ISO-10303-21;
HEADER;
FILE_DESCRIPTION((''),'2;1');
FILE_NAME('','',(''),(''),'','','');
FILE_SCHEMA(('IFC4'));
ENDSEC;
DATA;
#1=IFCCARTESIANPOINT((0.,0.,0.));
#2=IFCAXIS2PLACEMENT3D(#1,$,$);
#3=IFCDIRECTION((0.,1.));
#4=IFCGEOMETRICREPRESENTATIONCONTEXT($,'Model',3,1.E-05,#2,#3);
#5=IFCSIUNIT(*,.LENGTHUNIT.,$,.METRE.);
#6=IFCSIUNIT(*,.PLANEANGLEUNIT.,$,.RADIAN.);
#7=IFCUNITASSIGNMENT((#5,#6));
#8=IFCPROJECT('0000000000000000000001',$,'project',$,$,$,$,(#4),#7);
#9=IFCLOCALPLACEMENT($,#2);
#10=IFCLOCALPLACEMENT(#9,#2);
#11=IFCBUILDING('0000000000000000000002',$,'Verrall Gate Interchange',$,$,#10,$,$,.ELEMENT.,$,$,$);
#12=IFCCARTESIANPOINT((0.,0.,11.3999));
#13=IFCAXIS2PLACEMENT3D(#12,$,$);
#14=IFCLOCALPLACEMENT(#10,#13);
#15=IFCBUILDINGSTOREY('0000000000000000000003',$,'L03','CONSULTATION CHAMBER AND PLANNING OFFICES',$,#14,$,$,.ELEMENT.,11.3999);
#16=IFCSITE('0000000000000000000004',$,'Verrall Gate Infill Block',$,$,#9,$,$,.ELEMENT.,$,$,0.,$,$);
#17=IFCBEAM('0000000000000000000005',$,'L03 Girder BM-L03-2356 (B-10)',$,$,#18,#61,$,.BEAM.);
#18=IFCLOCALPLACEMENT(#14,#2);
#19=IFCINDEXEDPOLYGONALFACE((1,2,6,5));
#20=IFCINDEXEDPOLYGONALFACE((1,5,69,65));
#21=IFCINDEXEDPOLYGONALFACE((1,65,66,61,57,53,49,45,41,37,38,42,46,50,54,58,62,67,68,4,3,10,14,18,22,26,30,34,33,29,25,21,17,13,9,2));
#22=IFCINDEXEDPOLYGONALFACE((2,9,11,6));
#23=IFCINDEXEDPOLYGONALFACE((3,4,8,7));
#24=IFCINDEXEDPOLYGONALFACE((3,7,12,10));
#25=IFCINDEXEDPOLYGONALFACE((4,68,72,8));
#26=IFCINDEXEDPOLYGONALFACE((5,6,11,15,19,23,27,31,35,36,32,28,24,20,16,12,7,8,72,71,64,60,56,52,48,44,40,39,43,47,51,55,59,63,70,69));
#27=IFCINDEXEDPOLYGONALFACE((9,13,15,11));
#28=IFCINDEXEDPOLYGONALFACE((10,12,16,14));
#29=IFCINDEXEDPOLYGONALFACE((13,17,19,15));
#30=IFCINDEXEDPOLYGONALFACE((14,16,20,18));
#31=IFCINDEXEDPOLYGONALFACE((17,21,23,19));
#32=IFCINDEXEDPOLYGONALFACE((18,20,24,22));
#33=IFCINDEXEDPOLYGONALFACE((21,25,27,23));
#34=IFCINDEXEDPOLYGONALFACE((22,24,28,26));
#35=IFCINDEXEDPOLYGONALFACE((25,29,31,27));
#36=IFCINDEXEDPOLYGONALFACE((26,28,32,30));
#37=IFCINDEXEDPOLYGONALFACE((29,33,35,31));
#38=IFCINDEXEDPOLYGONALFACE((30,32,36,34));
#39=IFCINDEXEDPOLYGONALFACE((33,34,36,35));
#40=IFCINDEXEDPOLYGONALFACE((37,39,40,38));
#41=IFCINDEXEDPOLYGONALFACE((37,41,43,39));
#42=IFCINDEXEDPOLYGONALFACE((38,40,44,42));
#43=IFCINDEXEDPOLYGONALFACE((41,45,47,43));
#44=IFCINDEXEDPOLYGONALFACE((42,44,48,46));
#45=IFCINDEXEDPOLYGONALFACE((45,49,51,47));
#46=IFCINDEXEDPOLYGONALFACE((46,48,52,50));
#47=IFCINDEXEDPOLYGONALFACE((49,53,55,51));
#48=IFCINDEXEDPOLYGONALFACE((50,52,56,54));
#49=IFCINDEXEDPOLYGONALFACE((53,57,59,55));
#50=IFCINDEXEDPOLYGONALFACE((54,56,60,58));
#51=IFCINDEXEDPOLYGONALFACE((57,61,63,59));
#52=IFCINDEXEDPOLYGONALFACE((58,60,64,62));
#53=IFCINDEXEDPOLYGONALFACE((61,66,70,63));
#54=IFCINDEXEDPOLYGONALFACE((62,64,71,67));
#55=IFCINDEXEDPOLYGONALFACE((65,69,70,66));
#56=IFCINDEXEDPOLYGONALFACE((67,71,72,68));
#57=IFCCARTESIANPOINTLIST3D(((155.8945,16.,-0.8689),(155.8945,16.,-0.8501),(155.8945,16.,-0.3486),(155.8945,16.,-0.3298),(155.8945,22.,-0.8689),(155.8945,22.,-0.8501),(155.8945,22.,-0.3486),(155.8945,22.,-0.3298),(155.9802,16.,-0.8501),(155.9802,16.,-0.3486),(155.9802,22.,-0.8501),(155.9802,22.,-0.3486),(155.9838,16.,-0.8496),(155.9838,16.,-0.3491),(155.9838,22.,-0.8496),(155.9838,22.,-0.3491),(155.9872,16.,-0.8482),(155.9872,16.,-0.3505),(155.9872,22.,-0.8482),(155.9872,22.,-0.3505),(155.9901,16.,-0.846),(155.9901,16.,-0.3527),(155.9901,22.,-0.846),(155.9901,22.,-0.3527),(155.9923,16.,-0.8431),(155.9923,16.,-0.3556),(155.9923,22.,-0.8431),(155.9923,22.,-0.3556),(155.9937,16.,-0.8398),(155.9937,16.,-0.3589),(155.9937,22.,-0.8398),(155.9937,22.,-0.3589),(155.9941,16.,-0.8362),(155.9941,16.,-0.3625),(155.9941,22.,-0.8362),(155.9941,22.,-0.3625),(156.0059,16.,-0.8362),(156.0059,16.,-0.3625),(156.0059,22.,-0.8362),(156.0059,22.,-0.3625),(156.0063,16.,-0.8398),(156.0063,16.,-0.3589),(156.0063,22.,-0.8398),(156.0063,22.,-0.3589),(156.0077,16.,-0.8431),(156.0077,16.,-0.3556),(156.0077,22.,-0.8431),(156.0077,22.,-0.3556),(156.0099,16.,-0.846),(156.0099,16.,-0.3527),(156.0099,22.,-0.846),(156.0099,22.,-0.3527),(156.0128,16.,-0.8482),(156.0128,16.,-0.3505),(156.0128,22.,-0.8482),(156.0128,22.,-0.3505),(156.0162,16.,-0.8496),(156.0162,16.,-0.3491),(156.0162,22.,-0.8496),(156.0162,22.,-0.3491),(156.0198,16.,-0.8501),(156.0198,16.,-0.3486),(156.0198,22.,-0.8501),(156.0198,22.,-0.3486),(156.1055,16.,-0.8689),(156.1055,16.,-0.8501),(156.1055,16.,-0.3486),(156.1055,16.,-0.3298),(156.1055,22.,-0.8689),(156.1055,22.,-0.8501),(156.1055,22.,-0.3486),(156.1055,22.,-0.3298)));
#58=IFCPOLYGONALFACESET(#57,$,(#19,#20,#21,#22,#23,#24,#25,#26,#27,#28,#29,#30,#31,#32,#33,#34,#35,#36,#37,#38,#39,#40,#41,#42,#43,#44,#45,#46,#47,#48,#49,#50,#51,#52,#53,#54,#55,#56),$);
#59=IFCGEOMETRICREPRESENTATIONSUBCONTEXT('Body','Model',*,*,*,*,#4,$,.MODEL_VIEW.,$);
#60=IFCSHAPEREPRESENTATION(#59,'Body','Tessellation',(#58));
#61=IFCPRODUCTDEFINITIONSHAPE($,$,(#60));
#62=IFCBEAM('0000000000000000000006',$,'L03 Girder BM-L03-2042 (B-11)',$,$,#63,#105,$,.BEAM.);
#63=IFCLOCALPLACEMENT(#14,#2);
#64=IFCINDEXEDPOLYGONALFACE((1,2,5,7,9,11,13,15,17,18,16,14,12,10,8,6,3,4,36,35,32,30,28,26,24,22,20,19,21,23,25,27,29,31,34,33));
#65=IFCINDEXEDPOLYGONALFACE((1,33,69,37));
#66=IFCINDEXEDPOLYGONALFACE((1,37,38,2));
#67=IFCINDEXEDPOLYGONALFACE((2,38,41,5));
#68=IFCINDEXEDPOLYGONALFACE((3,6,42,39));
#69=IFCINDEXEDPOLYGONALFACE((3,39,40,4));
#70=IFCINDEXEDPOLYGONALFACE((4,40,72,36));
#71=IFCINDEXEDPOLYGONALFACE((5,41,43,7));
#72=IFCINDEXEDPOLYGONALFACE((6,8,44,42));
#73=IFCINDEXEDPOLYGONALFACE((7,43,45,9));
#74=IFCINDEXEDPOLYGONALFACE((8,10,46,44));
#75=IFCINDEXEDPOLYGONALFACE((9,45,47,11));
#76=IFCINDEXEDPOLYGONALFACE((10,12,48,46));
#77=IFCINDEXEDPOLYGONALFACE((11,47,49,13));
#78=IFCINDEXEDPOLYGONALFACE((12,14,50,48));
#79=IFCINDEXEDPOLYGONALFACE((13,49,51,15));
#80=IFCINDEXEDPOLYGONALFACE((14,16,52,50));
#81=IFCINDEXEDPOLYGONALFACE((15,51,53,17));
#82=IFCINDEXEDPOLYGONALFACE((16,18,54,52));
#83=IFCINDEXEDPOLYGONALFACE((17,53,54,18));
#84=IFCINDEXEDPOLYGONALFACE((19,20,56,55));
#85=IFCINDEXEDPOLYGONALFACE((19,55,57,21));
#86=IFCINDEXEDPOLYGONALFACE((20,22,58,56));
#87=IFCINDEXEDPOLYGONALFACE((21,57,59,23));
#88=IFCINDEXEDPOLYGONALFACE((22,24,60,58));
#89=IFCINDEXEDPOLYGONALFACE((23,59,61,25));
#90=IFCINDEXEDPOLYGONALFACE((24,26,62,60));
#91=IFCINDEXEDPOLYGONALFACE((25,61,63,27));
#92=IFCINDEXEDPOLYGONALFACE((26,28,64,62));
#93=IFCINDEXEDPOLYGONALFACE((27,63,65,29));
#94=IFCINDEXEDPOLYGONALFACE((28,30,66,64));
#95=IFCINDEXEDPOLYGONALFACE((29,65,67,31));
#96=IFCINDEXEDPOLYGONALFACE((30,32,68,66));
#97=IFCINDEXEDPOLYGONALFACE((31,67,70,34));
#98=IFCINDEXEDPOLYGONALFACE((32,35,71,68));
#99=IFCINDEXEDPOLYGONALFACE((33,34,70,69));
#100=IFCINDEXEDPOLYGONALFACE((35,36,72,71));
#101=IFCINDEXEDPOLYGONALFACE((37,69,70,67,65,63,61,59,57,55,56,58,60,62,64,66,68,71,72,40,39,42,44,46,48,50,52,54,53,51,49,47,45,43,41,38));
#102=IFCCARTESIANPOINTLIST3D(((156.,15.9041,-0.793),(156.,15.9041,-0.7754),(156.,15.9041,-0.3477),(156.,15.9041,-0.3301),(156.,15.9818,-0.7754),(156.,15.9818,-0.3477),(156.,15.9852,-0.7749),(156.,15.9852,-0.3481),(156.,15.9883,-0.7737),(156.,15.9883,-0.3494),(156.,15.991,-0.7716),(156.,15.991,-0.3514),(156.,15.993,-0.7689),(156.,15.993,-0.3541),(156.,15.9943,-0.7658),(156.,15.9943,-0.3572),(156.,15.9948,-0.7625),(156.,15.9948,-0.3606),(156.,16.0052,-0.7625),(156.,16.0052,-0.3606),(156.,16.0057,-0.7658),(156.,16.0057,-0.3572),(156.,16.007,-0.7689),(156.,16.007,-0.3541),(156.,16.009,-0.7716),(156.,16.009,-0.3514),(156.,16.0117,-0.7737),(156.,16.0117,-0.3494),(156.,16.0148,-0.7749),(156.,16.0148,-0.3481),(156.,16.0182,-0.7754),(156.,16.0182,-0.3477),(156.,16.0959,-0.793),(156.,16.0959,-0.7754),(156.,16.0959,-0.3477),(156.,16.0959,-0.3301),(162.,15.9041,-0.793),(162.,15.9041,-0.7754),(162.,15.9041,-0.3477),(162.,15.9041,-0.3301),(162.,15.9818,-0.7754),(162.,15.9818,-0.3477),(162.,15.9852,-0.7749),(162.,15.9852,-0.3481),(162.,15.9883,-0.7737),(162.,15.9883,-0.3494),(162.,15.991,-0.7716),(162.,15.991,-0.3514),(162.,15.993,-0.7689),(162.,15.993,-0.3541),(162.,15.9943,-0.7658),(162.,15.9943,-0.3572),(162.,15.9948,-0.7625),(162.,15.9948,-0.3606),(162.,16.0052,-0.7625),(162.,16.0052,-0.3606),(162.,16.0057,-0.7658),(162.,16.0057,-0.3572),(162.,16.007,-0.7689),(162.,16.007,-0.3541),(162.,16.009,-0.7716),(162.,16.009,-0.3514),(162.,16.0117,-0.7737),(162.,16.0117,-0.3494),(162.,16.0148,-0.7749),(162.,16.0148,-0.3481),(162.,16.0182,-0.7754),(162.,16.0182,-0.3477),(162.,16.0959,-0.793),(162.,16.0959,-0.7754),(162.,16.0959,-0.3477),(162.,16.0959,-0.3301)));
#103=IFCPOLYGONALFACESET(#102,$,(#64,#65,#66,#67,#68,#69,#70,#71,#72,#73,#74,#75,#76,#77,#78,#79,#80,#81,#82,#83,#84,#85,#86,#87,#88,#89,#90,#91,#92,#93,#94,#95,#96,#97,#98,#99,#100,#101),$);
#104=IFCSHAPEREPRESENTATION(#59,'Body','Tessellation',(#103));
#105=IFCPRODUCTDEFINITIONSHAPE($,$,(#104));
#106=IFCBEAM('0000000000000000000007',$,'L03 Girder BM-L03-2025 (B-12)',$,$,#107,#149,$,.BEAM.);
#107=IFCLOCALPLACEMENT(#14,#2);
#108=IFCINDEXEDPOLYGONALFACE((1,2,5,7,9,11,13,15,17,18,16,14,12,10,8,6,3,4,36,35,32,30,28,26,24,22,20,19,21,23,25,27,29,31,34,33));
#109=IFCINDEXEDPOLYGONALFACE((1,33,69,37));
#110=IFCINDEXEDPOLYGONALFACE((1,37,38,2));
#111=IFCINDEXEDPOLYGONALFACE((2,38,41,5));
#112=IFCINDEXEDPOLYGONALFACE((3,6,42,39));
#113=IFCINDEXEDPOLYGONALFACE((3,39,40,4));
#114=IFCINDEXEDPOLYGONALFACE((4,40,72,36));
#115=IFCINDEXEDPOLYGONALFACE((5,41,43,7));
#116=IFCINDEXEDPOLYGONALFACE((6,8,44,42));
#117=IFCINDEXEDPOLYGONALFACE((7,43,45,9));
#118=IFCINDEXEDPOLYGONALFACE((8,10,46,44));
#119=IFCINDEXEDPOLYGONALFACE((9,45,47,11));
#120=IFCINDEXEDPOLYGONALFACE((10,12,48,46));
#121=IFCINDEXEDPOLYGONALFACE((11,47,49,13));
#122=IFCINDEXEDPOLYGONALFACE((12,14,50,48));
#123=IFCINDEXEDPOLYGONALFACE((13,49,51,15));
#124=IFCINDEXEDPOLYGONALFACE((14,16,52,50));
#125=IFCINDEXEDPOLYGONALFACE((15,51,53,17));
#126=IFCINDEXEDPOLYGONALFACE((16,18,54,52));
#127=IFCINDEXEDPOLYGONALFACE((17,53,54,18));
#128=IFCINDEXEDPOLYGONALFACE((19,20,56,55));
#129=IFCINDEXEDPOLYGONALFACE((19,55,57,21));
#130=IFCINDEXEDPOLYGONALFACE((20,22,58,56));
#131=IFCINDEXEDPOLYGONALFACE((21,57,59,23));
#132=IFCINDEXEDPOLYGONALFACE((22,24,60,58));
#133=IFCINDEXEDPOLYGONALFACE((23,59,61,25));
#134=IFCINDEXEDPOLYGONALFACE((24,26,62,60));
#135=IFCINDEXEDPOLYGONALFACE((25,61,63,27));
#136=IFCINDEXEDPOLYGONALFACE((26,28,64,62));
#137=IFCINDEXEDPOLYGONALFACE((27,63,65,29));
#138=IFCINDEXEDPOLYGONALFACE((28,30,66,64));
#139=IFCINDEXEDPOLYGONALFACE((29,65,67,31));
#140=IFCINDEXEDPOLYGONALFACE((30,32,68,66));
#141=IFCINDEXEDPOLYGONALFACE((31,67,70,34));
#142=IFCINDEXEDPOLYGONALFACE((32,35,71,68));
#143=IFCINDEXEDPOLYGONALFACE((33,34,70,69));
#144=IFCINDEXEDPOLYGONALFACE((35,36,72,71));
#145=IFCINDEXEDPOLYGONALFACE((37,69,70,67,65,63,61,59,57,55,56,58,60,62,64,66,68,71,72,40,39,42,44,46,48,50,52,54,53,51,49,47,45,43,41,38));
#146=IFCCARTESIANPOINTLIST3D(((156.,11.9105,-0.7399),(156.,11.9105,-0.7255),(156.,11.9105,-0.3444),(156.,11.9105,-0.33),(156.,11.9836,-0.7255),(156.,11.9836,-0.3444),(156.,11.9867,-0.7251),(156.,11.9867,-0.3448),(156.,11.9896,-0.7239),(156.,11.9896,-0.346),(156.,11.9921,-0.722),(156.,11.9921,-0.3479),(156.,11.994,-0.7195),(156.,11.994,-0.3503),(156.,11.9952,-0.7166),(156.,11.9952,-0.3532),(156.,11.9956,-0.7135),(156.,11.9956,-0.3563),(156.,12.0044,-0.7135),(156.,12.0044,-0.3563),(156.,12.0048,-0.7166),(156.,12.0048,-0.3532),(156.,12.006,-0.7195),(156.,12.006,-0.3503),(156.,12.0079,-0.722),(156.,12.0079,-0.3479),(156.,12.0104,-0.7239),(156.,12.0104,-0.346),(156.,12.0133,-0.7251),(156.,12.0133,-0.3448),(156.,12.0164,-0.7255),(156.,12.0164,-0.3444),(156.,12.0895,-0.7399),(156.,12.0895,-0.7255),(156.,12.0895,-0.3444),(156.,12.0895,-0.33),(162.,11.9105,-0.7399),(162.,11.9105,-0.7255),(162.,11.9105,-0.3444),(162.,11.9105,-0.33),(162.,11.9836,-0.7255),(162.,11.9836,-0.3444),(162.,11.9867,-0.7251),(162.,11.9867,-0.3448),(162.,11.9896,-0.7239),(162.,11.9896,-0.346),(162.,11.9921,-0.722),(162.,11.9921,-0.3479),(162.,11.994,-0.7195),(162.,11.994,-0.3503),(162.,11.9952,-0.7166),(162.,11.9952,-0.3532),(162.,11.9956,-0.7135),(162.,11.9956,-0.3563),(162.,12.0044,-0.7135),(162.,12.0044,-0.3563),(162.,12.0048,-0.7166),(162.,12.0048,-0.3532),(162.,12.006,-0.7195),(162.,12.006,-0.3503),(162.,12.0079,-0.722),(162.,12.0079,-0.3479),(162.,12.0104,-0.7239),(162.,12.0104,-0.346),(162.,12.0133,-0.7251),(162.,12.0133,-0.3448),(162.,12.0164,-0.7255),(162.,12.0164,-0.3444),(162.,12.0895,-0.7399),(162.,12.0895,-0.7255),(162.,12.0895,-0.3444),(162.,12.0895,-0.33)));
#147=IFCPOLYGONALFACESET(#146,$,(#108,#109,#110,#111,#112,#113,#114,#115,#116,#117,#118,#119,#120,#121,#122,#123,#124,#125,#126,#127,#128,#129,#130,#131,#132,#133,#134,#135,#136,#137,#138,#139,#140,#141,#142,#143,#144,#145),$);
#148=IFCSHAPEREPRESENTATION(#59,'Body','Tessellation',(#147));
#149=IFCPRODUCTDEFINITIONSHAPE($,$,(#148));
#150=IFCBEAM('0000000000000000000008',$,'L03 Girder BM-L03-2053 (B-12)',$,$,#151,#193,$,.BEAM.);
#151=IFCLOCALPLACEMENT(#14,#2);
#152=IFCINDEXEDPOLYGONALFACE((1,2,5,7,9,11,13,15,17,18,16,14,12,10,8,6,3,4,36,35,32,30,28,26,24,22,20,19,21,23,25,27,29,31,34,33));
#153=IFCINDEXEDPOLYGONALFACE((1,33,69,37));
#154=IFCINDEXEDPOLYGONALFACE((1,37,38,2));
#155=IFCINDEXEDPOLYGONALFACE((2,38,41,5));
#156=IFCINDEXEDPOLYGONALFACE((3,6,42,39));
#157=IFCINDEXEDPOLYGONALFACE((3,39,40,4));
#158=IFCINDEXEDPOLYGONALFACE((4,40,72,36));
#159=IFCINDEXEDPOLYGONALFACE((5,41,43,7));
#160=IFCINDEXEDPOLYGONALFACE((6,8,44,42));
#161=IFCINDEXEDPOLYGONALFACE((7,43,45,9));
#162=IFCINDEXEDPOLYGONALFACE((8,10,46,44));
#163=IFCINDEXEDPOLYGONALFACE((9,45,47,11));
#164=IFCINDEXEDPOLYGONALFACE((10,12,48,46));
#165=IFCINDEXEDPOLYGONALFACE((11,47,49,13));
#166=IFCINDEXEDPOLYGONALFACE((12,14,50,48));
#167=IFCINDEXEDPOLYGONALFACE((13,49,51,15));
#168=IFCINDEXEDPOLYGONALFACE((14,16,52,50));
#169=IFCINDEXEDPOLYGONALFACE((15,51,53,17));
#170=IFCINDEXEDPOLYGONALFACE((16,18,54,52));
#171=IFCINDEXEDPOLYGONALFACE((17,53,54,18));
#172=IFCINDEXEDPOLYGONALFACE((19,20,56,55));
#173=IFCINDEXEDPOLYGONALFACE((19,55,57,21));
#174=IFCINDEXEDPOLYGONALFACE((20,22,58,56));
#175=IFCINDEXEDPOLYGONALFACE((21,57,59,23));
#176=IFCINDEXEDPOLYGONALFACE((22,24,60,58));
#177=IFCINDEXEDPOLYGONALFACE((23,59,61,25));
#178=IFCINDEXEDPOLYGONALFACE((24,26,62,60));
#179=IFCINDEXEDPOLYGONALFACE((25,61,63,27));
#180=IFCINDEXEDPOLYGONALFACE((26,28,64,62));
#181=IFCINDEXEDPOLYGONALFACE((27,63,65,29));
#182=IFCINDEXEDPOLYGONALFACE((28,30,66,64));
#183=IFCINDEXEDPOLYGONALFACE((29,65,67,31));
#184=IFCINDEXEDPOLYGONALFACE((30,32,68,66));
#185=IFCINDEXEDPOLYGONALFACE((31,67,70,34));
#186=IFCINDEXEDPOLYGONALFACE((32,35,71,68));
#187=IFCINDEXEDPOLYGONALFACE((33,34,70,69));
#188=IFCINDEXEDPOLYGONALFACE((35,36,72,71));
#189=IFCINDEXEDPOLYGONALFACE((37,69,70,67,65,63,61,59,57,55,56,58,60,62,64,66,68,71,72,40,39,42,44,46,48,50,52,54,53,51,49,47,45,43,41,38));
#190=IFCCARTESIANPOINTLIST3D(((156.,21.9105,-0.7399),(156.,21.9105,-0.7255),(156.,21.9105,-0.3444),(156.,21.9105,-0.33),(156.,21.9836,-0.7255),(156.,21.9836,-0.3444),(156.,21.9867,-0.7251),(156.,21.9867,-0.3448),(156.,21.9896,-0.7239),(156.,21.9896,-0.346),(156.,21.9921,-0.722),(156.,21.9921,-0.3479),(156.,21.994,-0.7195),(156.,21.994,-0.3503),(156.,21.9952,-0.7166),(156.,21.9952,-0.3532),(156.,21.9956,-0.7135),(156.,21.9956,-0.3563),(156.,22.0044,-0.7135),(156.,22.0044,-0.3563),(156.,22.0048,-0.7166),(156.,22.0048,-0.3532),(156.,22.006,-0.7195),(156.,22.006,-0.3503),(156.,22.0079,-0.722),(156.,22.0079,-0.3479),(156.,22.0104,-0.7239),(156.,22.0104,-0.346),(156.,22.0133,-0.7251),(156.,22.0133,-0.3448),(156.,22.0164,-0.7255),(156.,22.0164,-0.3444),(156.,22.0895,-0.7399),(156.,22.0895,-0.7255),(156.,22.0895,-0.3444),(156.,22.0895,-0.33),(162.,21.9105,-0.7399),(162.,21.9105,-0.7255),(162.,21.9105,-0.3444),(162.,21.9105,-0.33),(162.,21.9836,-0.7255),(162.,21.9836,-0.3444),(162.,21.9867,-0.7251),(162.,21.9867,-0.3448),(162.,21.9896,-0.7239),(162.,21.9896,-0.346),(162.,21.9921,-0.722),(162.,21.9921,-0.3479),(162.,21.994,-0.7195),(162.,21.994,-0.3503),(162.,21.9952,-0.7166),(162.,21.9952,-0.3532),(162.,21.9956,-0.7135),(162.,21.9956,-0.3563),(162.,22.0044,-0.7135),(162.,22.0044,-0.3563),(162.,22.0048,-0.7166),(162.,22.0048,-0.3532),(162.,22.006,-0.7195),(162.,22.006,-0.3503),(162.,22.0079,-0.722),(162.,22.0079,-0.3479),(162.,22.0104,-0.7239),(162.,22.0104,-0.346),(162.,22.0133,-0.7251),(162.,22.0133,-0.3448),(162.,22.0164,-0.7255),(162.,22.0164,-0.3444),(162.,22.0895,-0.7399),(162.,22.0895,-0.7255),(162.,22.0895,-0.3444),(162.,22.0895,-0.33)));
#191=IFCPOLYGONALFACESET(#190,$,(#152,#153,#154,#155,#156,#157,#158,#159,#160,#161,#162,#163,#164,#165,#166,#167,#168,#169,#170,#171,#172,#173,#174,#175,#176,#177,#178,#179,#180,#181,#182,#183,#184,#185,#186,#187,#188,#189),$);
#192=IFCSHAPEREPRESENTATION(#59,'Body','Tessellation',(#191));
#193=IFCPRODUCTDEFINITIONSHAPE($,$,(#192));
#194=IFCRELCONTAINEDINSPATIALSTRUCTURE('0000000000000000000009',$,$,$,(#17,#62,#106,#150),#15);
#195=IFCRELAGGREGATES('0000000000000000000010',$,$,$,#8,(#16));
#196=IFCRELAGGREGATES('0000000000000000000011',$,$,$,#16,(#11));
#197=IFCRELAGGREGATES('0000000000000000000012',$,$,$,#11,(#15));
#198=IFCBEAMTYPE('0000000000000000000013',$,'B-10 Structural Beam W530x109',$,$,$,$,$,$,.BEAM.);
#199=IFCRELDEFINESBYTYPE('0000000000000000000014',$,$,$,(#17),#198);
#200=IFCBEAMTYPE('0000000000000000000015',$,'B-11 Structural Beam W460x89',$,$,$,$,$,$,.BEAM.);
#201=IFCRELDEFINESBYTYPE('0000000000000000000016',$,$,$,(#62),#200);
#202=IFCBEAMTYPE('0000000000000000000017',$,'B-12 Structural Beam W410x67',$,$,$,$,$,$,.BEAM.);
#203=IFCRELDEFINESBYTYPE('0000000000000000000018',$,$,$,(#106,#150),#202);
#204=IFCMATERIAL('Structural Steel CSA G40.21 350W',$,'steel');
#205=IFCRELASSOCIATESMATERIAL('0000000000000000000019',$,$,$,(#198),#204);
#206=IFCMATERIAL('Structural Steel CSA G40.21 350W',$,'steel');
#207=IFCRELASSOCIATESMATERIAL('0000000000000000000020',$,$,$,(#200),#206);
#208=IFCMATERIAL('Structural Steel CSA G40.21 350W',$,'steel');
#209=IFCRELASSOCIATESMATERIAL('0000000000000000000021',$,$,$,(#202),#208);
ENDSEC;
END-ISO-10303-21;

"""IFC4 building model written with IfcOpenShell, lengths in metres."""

from ifc_helpers import new_model, si_unit, direction, frame, origin, origin_2d, place, context, subcontext, project, spatial, i_section, extrude, material, material_profile, profile_set, type_object, element, save


model = new_model("IFC4")

# Units and contexts
model_context = context("Model", 3, precision=1e-05, world=origin(), true_north=direction((0.0, 1.0)))
body_context = subcontext(model_context, "Body", "Model", "MODEL_VIEW")
ifc_project = project(units=[si_unit("LENGTHUNIT", "METRE"), si_unit("PLANEANGLEUNIT", "RADIAN")], contexts=[model_context])

# Site, building, storey
site_placement = place(None, origin())
site = spatial("IfcSite", under=ifc_project, at=site_placement, Name="Verrall Gate Infill Block", CompositionType="ELEMENT", RefElevation=0.0)
building_placement = place(site_placement, origin())
building = spatial("IfcBuilding", under=site, at=building_placement, Name="Verrall Gate Interchange", CompositionType="ELEMENT")
storey_placement = place(building_placement, frame((0.0, 0.0, 11.3999)))
storey = spatial("IfcBuildingStorey", under=building, at=storey_placement, Name="L03", Description="CONSULTATION CHAMBER AND PLANNING OFFICES", CompositionType="ELEMENT", Elevation=11.3999)

# Beams
ifc_material_1 = material(Name="Structural Steel CSA G40.21 350W", Category="steel")
ifc_material_profile_1 = material_profile(ifc_material_1, i_section(OverallWidth=0.2109, OverallDepth=0.5391, WebThickness=0.0117, FlangeThickness=0.0188, FilletRadius=0.0139, at=origin_2d()), Name="W530x109")
ifc_profile_set_1 = profile_set([ifc_material_profile_1], Name="Structural Steel CSA G40.21 350W")
beam_type_1 = type_object("IfcBeamType", Name="B-10 Structural Beam W530x109", PredefinedType="BEAM", material=ifc_profile_set_1)
beam_1_placement = place(storey_placement, frame((156.0, 16.0, -0.5994), z_axis=(0.0, 1.0, 0.0), x_axis=(-1.0, 0.0, 0.0)))
element("IfcBeam", 1, at=beam_1_placement, inside=storey, type_object=beam_type_1, Name="L03 Girder BM-L03-2356 (B-10)", PredefinedType="BEAM", context=body_context, shape_type="SweptSolid", body=[
    extrude(i_section(OverallWidth=0.2109, OverallDepth=0.5391, WebThickness=0.0117, FlangeThickness=0.0188, FilletRadius=0.0139, at=origin_2d()), origin(), (0.0, 0.0, 1.0), 6.0),
])
ifc_material_2 = material(Name="Structural Steel CSA G40.21 350W", Category="steel")
ifc_material_profile_2 = material_profile(ifc_material_2, i_section(OverallWidth=0.1919, OverallDepth=0.4629, WebThickness=0.0105, FlangeThickness=0.0176, FilletRadius=0.0129, at=origin_2d()), Name="W460x89")
ifc_profile_set_2 = profile_set([ifc_material_profile_2], Name="Structural Steel CSA G40.21 350W")
beam_type_2 = type_object("IfcBeamType", Name="B-11 Structural Beam W460x89", PredefinedType="BEAM", material=ifc_profile_set_2)
beam_2_placement = place(storey_placement, frame((156.0, 16.0, -0.5615), z_axis=(1.0, 0.0, 0.0), x_axis=(0.0, 1.0, 0.0)))
element("IfcBeam", 2, at=beam_2_placement, inside=storey, type_object=beam_type_2, Name="L03 Girder BM-L03-2042 (B-11)", PredefinedType="BEAM", context=body_context, shape_type="SweptSolid", body=[
    extrude(i_section(OverallWidth=0.1919, OverallDepth=0.4629, WebThickness=0.0105, FlangeThickness=0.0176, FilletRadius=0.0129, at=origin_2d()), origin(), (0.0, 0.0, 1.0), 6.0),
])
ifc_material_3 = material(Name="Structural Steel CSA G40.21 350W", Category="steel")
ifc_material_profile_3 = material_profile(ifc_material_3, i_section(OverallWidth=0.179, OverallDepth=0.4099, WebThickness=0.0088, FlangeThickness=0.0144, FilletRadius=0.012, at=origin_2d()), Name="W410x67")
ifc_profile_set_3 = profile_set([ifc_material_profile_3], Name="Structural Steel CSA G40.21 350W")
beam_type_3 = type_object("IfcBeamType", Name="B-12 Structural Beam W410x67", PredefinedType="BEAM", material=ifc_profile_set_3)
for number, where, z_axis, x_axis, name in (
    (3, (156.0, 12.0, -0.5349), (1.0, 0.0, 0.0), (0.0, 1.0, 0.0), "L03 Girder BM-L03-2025 (B-12)"),
    (4, (156.0, 22.0, -0.5349), (1.0, 0.0, 0.0), (0.0, 1.0, 0.0), "L03 Girder BM-L03-2053 (B-12)"),
):
    element("IfcBeam", number, at=place(storey_placement, frame(where, z_axis=z_axis, x_axis=x_axis)), inside=storey, type_object=beam_type_3, Name=name, PredefinedType="BEAM", context=body_context, shape_type="SweptSolid", body=[
        extrude(i_section(OverallWidth=0.179, OverallDepth=0.4099, WebThickness=0.0088, FlangeThickness=0.0144, FilletRadius=0.012, at=origin_2d()), origin(), (0.0, 0.0, 1.0), 6.0),
    ])

save(model, "model.ifc")
